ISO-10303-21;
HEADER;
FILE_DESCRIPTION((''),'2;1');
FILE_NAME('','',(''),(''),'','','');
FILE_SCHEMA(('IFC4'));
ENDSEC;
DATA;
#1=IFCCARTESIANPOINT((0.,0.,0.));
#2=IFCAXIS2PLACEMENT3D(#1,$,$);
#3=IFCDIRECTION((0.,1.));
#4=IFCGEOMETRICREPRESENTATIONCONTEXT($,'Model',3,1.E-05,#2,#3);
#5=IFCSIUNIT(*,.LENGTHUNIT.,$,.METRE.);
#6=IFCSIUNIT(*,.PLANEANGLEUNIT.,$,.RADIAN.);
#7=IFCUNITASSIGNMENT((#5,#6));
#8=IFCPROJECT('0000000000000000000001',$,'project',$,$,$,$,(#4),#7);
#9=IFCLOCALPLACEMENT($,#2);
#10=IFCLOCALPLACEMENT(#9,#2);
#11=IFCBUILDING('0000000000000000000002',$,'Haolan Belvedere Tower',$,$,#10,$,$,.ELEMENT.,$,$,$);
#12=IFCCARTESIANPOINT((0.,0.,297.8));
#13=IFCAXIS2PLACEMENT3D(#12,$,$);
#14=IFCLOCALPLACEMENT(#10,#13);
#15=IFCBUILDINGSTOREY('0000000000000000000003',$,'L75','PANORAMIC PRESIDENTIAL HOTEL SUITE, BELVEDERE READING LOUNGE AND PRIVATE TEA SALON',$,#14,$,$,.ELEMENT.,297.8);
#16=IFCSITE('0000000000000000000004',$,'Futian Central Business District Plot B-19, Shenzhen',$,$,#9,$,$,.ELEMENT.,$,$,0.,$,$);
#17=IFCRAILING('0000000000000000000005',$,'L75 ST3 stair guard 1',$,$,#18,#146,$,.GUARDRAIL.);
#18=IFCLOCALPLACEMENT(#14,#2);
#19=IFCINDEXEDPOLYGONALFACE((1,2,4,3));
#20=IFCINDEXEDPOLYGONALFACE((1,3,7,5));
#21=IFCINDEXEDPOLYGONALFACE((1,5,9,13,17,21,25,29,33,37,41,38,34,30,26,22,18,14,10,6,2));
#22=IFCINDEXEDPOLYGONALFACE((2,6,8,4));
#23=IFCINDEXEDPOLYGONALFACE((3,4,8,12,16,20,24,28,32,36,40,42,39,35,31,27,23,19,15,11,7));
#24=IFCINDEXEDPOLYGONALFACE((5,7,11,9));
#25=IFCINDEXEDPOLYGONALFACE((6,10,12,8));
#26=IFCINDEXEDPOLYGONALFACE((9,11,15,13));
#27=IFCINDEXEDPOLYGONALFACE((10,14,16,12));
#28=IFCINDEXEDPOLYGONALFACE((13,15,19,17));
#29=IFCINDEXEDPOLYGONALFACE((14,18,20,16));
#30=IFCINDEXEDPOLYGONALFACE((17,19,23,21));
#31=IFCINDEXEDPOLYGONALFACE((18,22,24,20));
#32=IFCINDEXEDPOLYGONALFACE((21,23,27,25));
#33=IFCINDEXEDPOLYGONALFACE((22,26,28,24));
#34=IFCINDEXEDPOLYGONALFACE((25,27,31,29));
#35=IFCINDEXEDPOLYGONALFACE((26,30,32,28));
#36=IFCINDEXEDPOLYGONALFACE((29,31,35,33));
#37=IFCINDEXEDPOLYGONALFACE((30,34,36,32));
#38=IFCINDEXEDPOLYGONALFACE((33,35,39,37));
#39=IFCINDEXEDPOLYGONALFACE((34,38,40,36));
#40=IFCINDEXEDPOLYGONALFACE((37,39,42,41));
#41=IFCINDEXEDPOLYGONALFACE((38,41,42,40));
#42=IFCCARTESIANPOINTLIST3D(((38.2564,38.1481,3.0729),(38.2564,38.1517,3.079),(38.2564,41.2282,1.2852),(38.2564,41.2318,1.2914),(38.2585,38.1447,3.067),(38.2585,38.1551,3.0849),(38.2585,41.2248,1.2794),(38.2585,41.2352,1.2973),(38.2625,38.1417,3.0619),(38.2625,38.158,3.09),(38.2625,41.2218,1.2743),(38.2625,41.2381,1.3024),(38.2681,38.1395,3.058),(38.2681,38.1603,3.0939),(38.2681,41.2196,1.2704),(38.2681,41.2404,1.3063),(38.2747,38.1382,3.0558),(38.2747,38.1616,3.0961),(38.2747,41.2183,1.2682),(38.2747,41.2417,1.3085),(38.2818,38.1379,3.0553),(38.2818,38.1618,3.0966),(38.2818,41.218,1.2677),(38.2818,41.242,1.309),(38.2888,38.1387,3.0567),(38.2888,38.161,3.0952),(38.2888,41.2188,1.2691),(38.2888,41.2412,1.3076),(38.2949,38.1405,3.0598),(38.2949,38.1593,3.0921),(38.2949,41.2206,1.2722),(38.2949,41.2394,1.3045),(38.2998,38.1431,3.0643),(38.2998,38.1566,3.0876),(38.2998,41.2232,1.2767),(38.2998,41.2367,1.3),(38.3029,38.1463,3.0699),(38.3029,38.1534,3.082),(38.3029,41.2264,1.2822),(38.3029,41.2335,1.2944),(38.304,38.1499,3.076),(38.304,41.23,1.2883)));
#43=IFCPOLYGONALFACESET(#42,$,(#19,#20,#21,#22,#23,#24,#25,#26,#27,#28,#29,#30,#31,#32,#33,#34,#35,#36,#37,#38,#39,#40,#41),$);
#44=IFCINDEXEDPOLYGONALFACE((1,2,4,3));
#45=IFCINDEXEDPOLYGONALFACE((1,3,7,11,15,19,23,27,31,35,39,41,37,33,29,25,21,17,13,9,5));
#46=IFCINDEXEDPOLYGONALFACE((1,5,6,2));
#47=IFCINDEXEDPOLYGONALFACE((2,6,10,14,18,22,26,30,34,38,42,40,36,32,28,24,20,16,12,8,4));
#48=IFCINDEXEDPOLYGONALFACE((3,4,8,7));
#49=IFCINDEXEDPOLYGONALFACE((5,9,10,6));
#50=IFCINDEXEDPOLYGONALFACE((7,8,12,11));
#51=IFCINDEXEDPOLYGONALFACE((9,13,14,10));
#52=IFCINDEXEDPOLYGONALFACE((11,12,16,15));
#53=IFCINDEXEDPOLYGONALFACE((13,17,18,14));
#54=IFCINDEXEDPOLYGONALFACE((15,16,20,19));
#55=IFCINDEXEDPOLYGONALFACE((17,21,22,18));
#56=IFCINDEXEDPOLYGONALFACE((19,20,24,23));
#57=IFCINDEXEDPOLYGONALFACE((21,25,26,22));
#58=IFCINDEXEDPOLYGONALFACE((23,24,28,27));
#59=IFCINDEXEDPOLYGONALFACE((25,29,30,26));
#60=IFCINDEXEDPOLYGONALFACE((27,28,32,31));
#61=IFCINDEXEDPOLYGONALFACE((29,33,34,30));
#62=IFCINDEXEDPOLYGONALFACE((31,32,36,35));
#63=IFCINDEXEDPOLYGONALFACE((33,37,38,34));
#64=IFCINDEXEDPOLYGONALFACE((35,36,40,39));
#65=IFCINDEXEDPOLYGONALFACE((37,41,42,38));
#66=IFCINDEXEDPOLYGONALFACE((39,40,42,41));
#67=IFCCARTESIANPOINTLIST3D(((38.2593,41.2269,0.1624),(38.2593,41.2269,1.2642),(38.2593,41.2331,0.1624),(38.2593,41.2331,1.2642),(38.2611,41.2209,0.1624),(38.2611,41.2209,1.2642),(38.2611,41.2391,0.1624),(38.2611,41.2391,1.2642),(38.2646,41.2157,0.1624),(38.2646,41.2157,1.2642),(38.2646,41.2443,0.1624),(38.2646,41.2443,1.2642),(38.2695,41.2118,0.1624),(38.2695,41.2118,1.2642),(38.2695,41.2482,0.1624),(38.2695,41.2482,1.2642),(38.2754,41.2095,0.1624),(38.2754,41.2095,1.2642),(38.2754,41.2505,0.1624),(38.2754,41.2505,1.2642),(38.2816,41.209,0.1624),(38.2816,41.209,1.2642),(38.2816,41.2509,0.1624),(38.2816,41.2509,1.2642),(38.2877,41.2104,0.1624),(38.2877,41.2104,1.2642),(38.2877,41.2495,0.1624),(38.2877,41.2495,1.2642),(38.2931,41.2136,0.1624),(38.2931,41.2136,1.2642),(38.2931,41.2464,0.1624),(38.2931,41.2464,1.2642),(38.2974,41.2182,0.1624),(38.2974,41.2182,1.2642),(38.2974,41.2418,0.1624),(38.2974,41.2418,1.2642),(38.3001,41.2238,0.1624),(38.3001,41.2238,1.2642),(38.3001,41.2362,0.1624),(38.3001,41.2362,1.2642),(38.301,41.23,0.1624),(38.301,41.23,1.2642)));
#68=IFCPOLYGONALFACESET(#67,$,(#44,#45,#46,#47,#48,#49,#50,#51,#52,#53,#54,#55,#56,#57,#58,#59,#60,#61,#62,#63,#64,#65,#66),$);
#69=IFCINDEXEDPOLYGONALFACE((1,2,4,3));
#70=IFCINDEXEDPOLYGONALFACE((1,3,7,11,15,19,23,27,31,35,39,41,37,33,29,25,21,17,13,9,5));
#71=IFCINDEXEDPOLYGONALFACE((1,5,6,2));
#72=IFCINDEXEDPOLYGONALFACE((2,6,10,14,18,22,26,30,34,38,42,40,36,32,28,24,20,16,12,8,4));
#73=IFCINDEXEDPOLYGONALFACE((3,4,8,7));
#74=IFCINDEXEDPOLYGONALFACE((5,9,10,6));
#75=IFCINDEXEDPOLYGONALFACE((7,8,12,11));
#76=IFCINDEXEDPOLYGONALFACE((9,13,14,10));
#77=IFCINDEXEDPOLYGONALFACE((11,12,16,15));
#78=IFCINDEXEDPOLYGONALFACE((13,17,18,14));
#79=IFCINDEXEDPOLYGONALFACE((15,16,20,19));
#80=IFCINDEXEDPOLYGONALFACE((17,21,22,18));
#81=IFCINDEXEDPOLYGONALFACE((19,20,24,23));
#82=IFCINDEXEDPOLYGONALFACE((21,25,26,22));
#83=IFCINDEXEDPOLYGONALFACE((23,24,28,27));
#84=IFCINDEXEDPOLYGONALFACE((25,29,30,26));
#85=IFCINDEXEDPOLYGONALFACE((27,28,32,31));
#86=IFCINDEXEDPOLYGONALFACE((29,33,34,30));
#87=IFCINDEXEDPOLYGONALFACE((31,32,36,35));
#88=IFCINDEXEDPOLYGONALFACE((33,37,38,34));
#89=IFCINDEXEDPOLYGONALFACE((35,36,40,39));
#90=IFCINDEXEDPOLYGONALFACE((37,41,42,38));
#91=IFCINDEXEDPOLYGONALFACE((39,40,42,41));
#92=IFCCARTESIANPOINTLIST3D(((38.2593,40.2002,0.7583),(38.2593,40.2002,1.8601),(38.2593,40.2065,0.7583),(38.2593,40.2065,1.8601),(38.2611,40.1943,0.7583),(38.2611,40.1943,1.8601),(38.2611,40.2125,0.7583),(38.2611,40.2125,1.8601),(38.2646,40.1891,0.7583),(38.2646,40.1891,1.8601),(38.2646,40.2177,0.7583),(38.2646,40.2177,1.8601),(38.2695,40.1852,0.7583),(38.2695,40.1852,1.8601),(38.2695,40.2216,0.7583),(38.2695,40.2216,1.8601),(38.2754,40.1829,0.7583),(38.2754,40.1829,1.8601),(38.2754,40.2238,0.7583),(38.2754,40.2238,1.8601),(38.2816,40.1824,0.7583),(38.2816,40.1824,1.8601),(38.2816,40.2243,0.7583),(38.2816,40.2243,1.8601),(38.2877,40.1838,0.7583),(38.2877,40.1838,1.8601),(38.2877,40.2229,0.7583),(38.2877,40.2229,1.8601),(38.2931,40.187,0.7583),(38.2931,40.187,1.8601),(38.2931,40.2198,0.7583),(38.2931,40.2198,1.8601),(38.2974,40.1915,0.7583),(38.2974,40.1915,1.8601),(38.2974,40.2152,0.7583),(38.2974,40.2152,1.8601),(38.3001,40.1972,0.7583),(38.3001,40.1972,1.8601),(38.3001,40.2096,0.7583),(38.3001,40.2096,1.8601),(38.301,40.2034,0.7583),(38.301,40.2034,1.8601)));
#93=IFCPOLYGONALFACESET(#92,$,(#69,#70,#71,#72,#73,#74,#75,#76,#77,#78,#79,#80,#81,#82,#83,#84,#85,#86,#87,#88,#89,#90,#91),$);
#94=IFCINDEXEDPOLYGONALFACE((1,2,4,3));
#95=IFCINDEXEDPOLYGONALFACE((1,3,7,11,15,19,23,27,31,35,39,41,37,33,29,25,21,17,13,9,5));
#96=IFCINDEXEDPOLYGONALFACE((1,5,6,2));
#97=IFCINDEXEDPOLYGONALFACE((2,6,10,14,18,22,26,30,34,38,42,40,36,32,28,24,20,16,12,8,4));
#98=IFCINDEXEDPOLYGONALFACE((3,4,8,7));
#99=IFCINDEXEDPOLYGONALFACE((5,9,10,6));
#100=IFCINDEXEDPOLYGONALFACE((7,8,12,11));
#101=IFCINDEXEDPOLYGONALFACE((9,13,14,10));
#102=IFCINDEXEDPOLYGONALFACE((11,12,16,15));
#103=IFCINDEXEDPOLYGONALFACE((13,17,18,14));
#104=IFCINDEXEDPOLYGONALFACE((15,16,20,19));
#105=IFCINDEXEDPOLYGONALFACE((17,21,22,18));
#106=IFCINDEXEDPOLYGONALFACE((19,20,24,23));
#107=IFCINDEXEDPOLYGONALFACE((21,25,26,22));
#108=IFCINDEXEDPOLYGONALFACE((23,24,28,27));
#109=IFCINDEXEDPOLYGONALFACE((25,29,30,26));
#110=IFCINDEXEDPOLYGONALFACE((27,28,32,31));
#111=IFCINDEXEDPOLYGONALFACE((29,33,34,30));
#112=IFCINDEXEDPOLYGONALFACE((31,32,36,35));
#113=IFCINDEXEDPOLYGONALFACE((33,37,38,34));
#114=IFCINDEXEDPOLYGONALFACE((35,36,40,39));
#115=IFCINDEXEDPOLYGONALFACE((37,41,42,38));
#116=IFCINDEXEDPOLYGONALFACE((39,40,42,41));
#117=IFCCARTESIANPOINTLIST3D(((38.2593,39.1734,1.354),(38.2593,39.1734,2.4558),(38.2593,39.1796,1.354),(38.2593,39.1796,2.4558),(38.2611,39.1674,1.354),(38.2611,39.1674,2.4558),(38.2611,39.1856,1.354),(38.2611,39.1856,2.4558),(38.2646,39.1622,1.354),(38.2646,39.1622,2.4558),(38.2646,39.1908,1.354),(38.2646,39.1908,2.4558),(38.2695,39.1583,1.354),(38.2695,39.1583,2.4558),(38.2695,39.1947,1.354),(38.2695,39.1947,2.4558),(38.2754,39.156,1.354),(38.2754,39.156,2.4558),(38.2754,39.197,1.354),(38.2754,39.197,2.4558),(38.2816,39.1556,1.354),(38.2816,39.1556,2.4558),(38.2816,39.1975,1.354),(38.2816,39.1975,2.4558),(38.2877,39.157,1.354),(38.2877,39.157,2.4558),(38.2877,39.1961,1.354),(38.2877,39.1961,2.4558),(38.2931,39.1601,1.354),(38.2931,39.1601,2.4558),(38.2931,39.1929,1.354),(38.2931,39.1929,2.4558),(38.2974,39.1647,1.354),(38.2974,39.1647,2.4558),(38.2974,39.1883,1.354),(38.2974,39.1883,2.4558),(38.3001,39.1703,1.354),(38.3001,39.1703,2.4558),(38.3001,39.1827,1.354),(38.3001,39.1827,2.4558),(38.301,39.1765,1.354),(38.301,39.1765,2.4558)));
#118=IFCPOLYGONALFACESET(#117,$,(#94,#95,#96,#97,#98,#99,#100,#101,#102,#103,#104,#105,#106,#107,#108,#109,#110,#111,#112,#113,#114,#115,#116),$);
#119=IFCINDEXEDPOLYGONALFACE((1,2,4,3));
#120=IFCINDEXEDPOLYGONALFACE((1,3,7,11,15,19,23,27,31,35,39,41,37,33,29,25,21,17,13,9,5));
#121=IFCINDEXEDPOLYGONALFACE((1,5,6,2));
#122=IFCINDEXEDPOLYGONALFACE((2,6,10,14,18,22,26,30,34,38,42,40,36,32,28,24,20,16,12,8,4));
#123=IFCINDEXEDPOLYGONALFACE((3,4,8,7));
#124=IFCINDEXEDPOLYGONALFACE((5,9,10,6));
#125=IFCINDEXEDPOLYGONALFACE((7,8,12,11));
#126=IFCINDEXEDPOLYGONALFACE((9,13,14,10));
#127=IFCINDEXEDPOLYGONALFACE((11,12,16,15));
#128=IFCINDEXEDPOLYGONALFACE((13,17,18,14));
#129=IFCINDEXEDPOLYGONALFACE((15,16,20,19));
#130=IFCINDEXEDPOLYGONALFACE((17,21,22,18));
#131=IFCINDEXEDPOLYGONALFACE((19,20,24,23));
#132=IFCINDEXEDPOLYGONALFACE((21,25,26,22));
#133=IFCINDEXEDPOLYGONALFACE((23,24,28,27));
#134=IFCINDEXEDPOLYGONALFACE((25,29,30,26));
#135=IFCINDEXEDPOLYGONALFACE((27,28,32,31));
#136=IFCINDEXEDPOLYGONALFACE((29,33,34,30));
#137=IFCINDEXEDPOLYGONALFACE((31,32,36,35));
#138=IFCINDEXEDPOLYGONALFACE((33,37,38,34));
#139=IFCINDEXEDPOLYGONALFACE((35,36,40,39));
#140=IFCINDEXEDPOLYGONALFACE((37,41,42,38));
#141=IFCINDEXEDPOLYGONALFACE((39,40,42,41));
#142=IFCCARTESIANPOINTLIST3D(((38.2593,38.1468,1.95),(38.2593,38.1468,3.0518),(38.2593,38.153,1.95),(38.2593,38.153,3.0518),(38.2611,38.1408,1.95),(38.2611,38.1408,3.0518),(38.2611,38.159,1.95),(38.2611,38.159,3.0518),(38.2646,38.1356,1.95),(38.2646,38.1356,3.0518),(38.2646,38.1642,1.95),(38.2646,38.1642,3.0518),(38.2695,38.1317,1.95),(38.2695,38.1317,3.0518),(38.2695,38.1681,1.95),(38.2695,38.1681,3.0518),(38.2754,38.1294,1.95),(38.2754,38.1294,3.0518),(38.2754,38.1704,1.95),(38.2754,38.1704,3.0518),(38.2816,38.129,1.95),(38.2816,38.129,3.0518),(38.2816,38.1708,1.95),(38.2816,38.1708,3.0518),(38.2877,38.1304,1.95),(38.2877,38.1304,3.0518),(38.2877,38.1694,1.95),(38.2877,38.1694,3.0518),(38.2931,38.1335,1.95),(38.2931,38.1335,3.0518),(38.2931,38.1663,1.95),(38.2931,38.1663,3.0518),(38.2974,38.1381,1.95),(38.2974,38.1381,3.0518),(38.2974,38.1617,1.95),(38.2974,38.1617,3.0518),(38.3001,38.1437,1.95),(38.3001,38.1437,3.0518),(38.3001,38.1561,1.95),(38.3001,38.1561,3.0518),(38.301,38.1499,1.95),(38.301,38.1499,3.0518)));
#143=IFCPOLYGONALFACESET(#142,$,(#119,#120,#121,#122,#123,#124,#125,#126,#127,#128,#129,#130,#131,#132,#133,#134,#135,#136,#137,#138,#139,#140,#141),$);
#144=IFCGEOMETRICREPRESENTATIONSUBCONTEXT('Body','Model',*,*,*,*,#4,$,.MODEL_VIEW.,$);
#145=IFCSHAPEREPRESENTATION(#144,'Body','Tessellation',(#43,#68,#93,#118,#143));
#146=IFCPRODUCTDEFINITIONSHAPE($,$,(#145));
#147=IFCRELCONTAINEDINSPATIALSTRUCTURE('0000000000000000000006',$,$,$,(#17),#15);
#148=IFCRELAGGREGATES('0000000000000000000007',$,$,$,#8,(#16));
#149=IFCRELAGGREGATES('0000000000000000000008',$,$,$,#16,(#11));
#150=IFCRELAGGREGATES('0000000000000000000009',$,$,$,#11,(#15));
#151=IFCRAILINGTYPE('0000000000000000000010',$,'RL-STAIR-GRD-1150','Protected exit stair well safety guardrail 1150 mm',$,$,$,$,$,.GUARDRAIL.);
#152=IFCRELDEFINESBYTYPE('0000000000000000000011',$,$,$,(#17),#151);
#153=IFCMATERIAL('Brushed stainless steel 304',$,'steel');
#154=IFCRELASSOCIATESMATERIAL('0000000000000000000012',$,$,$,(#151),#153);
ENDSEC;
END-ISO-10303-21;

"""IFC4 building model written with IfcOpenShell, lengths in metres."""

from ifc_helpers import new_model, si_unit, direction, frame, origin, origin_2d, place, context, subcontext, project, spatial, circle, extrude, material, type_object, element, save


model = new_model("IFC4")

# Units and contexts
model_context = context("Model", 3, precision=1e-05, world=origin(), true_north=direction((0.0, 1.0)))
body_context = subcontext(model_context, "Body", "Model", "MODEL_VIEW")
ifc_project = project(units=[si_unit("LENGTHUNIT", "METRE"), si_unit("PLANEANGLEUNIT", "RADIAN")], contexts=[model_context])

# Site, building, storey
site_placement = place(None, origin())
site = spatial("IfcSite", under=ifc_project, at=site_placement, Name="Futian Central Business District Plot B-19, Shenzhen", CompositionType="ELEMENT", RefElevation=0.0)
building_placement = place(site_placement, origin())
building = spatial("IfcBuilding", under=site, at=building_placement, Name="Haolan Belvedere Tower", CompositionType="ELEMENT")
storey_placement = place(building_placement, frame((0.0, 0.0, 297.8)))
storey = spatial("IfcBuildingStorey", under=building, at=storey_placement, Name="L75", Description="PANORAMIC PRESIDENTIAL HOTEL SUITE, BELVEDERE READING LOUNGE AND PRIVATE TEA SALON", CompositionType="ELEMENT", Elevation=297.8)

# Railing
ifc_material_1 = material(Name="Brushed stainless steel 304", Category="steel")
railing_type_1 = type_object("IfcRailingType", Name="RL-STAIR-GRD-1150", Description="Protected exit stair well safety guardrail 1150 mm", PredefinedType="GUARDRAIL", material=ifc_material_1)
railing_1_placement = place(storey_placement, frame((38.28, 41.23, 0.1624)))
element("IfcRailing", 1, at=railing_1_placement, inside=storey, type_object=railing_type_1, Name="L75 ST3 stair guard 1", PredefinedType="GUARDRAIL", context=body_context, shape_type="SweptSolid", body=[
    extrude(circle(Radius=0.0239, at=origin_2d()), frame((0.0, 0.0, 1.126), z_axis=(0.0, -0.864891, 0.50196), x_axis=(1.0, 0.0, 0.0)), (0.0, 0.0, 1.0), 3.5613),
    extrude(circle(Radius=0.021, at=origin_2d()), origin(), (0.0, 0.0, 1.0), 1.1018),
    extrude(circle(Radius=0.021, at=origin_2d()), frame((0.0, -1.0266, 0.5959)), (0.0, 0.0, 1.0), 1.1018),
    extrude(circle(Radius=0.021, at=origin_2d()), frame((0.0, -2.0535, 1.1917)), (0.0, 0.0, 1.0), 1.1018),
    extrude(circle(Radius=0.021, at=origin_2d()), frame((0.0, -3.0801, 1.7876)), (0.0, 0.0, 1.0), 1.1018),
])

save(model, "model.ifc")
